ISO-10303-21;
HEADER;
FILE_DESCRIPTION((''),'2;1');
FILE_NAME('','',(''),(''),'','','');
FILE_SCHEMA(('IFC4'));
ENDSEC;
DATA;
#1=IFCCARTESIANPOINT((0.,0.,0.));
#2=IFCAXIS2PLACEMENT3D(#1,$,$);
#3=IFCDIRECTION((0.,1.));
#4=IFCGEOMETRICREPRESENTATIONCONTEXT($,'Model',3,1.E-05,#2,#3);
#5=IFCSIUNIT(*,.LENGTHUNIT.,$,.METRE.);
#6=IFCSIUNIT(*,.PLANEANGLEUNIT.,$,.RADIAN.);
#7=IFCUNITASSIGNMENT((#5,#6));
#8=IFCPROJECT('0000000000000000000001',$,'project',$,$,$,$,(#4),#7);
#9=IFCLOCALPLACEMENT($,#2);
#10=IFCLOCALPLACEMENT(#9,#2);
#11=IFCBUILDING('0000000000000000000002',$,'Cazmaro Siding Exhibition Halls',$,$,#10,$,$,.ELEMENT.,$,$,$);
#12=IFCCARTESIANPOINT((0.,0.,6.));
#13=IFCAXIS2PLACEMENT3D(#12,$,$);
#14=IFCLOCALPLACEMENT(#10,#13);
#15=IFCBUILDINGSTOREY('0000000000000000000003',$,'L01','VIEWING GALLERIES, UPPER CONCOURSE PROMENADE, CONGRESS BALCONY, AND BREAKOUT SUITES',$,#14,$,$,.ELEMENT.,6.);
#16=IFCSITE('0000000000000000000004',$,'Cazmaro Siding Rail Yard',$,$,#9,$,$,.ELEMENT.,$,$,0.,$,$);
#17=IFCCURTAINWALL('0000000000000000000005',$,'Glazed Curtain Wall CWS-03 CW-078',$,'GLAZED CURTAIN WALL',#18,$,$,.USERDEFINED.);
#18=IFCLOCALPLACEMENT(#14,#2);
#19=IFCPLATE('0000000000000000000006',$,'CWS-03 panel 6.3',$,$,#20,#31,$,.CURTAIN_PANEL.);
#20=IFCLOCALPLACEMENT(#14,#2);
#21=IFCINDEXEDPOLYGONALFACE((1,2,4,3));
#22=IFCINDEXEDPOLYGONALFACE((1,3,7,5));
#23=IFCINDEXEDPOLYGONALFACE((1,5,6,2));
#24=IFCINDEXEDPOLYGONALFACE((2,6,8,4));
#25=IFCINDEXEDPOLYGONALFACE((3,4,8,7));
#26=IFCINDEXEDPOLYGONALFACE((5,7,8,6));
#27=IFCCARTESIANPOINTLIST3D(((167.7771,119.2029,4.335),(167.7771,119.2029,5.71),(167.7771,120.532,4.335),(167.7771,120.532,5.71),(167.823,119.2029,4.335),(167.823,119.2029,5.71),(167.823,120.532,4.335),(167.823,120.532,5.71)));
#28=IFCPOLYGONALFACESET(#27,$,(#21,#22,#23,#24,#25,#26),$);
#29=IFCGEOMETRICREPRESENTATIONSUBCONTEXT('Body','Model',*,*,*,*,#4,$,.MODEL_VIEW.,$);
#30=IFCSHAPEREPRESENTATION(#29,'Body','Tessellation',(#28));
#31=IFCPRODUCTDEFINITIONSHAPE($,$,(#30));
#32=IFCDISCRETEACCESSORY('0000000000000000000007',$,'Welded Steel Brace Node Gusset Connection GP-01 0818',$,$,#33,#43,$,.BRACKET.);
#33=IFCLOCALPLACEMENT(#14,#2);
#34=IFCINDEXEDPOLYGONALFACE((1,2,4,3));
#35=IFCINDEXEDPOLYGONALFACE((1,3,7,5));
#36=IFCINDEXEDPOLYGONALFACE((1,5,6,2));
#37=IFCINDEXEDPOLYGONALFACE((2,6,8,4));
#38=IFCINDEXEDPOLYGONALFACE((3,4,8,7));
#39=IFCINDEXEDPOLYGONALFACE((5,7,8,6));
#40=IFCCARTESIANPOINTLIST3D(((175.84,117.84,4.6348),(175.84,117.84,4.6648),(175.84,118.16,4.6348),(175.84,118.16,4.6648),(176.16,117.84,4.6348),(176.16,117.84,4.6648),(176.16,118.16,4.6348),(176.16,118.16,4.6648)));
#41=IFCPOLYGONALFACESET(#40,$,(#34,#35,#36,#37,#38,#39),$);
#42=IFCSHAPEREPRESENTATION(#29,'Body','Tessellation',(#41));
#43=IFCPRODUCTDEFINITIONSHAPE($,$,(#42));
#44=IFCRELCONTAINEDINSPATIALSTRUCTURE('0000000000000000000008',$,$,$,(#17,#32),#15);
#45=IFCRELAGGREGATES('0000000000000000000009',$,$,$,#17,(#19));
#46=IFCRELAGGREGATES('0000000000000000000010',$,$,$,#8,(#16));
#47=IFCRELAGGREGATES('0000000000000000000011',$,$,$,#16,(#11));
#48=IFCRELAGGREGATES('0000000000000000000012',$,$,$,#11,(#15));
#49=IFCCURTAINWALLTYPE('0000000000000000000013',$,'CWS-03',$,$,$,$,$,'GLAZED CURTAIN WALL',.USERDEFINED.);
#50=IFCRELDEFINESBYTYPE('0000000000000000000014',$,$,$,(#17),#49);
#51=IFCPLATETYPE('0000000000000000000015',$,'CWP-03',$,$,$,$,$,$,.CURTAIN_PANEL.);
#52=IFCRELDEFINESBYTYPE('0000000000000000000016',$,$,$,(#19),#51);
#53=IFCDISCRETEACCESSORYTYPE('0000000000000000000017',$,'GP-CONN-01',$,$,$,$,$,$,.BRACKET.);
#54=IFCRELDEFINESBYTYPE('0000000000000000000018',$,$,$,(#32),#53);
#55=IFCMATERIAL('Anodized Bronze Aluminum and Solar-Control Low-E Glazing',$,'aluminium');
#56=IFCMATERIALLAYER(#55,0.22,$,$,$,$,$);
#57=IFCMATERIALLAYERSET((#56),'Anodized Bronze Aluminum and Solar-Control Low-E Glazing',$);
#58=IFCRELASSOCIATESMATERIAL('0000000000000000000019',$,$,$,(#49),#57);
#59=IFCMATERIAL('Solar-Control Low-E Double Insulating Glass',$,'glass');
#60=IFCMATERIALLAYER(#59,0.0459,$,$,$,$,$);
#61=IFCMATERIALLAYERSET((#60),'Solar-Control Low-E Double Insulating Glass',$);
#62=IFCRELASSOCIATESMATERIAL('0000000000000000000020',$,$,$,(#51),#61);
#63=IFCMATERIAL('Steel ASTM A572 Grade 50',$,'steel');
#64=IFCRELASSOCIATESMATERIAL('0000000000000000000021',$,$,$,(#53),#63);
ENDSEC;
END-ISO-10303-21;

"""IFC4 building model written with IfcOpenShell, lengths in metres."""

from ifc_helpers import new_model, si_unit, direction, frame, origin, origin_2d, place, context, subcontext, project, spatial, rectangle, extrude, material, layer, layer_set, type_object, element, aggregate, save


model = new_model("IFC4")

# Units and contexts
model_context = context("Model", 3, precision=1e-05, world=origin(), true_north=direction((0.0, 1.0)))
body_context = subcontext(model_context, "Body", "Model", "MODEL_VIEW")
ifc_project = project(units=[si_unit("LENGTHUNIT", "METRE"), si_unit("PLANEANGLEUNIT", "RADIAN")], contexts=[model_context])

# Site, building, storey
site_placement = place(None, origin())
site = spatial("IfcSite", under=ifc_project, at=site_placement, Name="Cazmaro Siding Rail Yard", CompositionType="ELEMENT", RefElevation=0.0)
building_placement = place(site_placement, origin())
building = spatial("IfcBuilding", under=site, at=building_placement, Name="Cazmaro Siding Exhibition Halls", CompositionType="ELEMENT")
storey_placement = place(building_placement, frame((0.0, 0.0, 6.0)))
storey = spatial("IfcBuildingStorey", under=building, at=storey_placement, Name="L01", Description="VIEWING GALLERIES, UPPER CONCOURSE PROMENADE, CONGRESS BALCONY, AND BREAKOUT SUITES", CompositionType="ELEMENT", Elevation=6.0)

# Curtain wall
ifc_material_1 = material(Name="Anodized Bronze Aluminum and Solar-Control Low-E Glazing", Category="aluminium")
ifc_layer_1 = layer(ifc_material_1, 0.22)
ifc_layer_set_1 = layer_set([ifc_layer_1], Name="Anodized Bronze Aluminum and Solar-Control Low-E Glazing")
curtain_wall_type_1 = type_object("IfcCurtainWallType", Name="CWS-03", ElementType="GLAZED CURTAIN WALL", PredefinedType="USERDEFINED", material=ifc_layer_set_1)
curtain_wall_1_placement = place(storey_placement, origin())
curtain_wall_1 = element("IfcCurtainWall", 1, at=curtain_wall_1_placement, inside=storey, type_object=curtain_wall_type_1, Name="Glazed Curtain Wall CWS-03 CW-078", ObjectType="GLAZED CURTAIN WALL", PredefinedType="USERDEFINED")

# Plate
ifc_material_2 = material(Name="Solar-Control Low-E Double Insulating Glass", Category="glass")
ifc_layer_2 = layer(ifc_material_2, 0.0459)
ifc_layer_set_2 = layer_set([ifc_layer_2], Name="Solar-Control Low-E Double Insulating Glass")
plate_type = type_object("IfcPlateType", Name="CWP-03", PredefinedType="CURTAIN_PANEL", material=ifc_layer_set_2)
plate_1_placement = place(storey_placement, frame((167.8, 119.8674, 4.335), z_axis=(0.0, 0.0, 1.0), x_axis=(0.0, 1.0, 0.0)))
plate_1 = element("IfcPlate", 2, at=plate_1_placement, type_object=plate_type, Name="CWS-03 panel 6.3", PredefinedType="CURTAIN_PANEL", context=body_context, shape_type="SweptSolid", body=[
    extrude(rectangle(XDim=1.3291, YDim=0.0459, at=origin_2d()), origin(), (0.0, 0.0, 1.0), 1.375),
])
aggregate(curtain_wall_1, [plate_1])

# Discrete accessory
ifc_material_3 = material(Name="Steel ASTM A572 Grade 50", Category="steel")
discrete_accessory_type = type_object("IfcDiscreteAccessoryType", Name="GP-CONN-01", PredefinedType="BRACKET", material=ifc_material_3)
discrete_accessory_placement = place(storey_placement, frame((176.0, 118.0, 4.6348), z_axis=(0.0, 0.0, 1.0), x_axis=(1.0, 0.0, 0.0)))
element("IfcDiscreteAccessory", 3, at=discrete_accessory_placement, inside=storey, type_object=discrete_accessory_type, Name="Welded Steel Brace Node Gusset Connection GP-01 0818", PredefinedType="BRACKET", context=body_context, shape_type="SweptSolid", body=[
    extrude(rectangle(XDim=0.3201, YDim=0.3201, at=origin_2d()), origin(), (0.0, 0.0, 1.0), 0.03),
])

save(model, "model.ifc")
